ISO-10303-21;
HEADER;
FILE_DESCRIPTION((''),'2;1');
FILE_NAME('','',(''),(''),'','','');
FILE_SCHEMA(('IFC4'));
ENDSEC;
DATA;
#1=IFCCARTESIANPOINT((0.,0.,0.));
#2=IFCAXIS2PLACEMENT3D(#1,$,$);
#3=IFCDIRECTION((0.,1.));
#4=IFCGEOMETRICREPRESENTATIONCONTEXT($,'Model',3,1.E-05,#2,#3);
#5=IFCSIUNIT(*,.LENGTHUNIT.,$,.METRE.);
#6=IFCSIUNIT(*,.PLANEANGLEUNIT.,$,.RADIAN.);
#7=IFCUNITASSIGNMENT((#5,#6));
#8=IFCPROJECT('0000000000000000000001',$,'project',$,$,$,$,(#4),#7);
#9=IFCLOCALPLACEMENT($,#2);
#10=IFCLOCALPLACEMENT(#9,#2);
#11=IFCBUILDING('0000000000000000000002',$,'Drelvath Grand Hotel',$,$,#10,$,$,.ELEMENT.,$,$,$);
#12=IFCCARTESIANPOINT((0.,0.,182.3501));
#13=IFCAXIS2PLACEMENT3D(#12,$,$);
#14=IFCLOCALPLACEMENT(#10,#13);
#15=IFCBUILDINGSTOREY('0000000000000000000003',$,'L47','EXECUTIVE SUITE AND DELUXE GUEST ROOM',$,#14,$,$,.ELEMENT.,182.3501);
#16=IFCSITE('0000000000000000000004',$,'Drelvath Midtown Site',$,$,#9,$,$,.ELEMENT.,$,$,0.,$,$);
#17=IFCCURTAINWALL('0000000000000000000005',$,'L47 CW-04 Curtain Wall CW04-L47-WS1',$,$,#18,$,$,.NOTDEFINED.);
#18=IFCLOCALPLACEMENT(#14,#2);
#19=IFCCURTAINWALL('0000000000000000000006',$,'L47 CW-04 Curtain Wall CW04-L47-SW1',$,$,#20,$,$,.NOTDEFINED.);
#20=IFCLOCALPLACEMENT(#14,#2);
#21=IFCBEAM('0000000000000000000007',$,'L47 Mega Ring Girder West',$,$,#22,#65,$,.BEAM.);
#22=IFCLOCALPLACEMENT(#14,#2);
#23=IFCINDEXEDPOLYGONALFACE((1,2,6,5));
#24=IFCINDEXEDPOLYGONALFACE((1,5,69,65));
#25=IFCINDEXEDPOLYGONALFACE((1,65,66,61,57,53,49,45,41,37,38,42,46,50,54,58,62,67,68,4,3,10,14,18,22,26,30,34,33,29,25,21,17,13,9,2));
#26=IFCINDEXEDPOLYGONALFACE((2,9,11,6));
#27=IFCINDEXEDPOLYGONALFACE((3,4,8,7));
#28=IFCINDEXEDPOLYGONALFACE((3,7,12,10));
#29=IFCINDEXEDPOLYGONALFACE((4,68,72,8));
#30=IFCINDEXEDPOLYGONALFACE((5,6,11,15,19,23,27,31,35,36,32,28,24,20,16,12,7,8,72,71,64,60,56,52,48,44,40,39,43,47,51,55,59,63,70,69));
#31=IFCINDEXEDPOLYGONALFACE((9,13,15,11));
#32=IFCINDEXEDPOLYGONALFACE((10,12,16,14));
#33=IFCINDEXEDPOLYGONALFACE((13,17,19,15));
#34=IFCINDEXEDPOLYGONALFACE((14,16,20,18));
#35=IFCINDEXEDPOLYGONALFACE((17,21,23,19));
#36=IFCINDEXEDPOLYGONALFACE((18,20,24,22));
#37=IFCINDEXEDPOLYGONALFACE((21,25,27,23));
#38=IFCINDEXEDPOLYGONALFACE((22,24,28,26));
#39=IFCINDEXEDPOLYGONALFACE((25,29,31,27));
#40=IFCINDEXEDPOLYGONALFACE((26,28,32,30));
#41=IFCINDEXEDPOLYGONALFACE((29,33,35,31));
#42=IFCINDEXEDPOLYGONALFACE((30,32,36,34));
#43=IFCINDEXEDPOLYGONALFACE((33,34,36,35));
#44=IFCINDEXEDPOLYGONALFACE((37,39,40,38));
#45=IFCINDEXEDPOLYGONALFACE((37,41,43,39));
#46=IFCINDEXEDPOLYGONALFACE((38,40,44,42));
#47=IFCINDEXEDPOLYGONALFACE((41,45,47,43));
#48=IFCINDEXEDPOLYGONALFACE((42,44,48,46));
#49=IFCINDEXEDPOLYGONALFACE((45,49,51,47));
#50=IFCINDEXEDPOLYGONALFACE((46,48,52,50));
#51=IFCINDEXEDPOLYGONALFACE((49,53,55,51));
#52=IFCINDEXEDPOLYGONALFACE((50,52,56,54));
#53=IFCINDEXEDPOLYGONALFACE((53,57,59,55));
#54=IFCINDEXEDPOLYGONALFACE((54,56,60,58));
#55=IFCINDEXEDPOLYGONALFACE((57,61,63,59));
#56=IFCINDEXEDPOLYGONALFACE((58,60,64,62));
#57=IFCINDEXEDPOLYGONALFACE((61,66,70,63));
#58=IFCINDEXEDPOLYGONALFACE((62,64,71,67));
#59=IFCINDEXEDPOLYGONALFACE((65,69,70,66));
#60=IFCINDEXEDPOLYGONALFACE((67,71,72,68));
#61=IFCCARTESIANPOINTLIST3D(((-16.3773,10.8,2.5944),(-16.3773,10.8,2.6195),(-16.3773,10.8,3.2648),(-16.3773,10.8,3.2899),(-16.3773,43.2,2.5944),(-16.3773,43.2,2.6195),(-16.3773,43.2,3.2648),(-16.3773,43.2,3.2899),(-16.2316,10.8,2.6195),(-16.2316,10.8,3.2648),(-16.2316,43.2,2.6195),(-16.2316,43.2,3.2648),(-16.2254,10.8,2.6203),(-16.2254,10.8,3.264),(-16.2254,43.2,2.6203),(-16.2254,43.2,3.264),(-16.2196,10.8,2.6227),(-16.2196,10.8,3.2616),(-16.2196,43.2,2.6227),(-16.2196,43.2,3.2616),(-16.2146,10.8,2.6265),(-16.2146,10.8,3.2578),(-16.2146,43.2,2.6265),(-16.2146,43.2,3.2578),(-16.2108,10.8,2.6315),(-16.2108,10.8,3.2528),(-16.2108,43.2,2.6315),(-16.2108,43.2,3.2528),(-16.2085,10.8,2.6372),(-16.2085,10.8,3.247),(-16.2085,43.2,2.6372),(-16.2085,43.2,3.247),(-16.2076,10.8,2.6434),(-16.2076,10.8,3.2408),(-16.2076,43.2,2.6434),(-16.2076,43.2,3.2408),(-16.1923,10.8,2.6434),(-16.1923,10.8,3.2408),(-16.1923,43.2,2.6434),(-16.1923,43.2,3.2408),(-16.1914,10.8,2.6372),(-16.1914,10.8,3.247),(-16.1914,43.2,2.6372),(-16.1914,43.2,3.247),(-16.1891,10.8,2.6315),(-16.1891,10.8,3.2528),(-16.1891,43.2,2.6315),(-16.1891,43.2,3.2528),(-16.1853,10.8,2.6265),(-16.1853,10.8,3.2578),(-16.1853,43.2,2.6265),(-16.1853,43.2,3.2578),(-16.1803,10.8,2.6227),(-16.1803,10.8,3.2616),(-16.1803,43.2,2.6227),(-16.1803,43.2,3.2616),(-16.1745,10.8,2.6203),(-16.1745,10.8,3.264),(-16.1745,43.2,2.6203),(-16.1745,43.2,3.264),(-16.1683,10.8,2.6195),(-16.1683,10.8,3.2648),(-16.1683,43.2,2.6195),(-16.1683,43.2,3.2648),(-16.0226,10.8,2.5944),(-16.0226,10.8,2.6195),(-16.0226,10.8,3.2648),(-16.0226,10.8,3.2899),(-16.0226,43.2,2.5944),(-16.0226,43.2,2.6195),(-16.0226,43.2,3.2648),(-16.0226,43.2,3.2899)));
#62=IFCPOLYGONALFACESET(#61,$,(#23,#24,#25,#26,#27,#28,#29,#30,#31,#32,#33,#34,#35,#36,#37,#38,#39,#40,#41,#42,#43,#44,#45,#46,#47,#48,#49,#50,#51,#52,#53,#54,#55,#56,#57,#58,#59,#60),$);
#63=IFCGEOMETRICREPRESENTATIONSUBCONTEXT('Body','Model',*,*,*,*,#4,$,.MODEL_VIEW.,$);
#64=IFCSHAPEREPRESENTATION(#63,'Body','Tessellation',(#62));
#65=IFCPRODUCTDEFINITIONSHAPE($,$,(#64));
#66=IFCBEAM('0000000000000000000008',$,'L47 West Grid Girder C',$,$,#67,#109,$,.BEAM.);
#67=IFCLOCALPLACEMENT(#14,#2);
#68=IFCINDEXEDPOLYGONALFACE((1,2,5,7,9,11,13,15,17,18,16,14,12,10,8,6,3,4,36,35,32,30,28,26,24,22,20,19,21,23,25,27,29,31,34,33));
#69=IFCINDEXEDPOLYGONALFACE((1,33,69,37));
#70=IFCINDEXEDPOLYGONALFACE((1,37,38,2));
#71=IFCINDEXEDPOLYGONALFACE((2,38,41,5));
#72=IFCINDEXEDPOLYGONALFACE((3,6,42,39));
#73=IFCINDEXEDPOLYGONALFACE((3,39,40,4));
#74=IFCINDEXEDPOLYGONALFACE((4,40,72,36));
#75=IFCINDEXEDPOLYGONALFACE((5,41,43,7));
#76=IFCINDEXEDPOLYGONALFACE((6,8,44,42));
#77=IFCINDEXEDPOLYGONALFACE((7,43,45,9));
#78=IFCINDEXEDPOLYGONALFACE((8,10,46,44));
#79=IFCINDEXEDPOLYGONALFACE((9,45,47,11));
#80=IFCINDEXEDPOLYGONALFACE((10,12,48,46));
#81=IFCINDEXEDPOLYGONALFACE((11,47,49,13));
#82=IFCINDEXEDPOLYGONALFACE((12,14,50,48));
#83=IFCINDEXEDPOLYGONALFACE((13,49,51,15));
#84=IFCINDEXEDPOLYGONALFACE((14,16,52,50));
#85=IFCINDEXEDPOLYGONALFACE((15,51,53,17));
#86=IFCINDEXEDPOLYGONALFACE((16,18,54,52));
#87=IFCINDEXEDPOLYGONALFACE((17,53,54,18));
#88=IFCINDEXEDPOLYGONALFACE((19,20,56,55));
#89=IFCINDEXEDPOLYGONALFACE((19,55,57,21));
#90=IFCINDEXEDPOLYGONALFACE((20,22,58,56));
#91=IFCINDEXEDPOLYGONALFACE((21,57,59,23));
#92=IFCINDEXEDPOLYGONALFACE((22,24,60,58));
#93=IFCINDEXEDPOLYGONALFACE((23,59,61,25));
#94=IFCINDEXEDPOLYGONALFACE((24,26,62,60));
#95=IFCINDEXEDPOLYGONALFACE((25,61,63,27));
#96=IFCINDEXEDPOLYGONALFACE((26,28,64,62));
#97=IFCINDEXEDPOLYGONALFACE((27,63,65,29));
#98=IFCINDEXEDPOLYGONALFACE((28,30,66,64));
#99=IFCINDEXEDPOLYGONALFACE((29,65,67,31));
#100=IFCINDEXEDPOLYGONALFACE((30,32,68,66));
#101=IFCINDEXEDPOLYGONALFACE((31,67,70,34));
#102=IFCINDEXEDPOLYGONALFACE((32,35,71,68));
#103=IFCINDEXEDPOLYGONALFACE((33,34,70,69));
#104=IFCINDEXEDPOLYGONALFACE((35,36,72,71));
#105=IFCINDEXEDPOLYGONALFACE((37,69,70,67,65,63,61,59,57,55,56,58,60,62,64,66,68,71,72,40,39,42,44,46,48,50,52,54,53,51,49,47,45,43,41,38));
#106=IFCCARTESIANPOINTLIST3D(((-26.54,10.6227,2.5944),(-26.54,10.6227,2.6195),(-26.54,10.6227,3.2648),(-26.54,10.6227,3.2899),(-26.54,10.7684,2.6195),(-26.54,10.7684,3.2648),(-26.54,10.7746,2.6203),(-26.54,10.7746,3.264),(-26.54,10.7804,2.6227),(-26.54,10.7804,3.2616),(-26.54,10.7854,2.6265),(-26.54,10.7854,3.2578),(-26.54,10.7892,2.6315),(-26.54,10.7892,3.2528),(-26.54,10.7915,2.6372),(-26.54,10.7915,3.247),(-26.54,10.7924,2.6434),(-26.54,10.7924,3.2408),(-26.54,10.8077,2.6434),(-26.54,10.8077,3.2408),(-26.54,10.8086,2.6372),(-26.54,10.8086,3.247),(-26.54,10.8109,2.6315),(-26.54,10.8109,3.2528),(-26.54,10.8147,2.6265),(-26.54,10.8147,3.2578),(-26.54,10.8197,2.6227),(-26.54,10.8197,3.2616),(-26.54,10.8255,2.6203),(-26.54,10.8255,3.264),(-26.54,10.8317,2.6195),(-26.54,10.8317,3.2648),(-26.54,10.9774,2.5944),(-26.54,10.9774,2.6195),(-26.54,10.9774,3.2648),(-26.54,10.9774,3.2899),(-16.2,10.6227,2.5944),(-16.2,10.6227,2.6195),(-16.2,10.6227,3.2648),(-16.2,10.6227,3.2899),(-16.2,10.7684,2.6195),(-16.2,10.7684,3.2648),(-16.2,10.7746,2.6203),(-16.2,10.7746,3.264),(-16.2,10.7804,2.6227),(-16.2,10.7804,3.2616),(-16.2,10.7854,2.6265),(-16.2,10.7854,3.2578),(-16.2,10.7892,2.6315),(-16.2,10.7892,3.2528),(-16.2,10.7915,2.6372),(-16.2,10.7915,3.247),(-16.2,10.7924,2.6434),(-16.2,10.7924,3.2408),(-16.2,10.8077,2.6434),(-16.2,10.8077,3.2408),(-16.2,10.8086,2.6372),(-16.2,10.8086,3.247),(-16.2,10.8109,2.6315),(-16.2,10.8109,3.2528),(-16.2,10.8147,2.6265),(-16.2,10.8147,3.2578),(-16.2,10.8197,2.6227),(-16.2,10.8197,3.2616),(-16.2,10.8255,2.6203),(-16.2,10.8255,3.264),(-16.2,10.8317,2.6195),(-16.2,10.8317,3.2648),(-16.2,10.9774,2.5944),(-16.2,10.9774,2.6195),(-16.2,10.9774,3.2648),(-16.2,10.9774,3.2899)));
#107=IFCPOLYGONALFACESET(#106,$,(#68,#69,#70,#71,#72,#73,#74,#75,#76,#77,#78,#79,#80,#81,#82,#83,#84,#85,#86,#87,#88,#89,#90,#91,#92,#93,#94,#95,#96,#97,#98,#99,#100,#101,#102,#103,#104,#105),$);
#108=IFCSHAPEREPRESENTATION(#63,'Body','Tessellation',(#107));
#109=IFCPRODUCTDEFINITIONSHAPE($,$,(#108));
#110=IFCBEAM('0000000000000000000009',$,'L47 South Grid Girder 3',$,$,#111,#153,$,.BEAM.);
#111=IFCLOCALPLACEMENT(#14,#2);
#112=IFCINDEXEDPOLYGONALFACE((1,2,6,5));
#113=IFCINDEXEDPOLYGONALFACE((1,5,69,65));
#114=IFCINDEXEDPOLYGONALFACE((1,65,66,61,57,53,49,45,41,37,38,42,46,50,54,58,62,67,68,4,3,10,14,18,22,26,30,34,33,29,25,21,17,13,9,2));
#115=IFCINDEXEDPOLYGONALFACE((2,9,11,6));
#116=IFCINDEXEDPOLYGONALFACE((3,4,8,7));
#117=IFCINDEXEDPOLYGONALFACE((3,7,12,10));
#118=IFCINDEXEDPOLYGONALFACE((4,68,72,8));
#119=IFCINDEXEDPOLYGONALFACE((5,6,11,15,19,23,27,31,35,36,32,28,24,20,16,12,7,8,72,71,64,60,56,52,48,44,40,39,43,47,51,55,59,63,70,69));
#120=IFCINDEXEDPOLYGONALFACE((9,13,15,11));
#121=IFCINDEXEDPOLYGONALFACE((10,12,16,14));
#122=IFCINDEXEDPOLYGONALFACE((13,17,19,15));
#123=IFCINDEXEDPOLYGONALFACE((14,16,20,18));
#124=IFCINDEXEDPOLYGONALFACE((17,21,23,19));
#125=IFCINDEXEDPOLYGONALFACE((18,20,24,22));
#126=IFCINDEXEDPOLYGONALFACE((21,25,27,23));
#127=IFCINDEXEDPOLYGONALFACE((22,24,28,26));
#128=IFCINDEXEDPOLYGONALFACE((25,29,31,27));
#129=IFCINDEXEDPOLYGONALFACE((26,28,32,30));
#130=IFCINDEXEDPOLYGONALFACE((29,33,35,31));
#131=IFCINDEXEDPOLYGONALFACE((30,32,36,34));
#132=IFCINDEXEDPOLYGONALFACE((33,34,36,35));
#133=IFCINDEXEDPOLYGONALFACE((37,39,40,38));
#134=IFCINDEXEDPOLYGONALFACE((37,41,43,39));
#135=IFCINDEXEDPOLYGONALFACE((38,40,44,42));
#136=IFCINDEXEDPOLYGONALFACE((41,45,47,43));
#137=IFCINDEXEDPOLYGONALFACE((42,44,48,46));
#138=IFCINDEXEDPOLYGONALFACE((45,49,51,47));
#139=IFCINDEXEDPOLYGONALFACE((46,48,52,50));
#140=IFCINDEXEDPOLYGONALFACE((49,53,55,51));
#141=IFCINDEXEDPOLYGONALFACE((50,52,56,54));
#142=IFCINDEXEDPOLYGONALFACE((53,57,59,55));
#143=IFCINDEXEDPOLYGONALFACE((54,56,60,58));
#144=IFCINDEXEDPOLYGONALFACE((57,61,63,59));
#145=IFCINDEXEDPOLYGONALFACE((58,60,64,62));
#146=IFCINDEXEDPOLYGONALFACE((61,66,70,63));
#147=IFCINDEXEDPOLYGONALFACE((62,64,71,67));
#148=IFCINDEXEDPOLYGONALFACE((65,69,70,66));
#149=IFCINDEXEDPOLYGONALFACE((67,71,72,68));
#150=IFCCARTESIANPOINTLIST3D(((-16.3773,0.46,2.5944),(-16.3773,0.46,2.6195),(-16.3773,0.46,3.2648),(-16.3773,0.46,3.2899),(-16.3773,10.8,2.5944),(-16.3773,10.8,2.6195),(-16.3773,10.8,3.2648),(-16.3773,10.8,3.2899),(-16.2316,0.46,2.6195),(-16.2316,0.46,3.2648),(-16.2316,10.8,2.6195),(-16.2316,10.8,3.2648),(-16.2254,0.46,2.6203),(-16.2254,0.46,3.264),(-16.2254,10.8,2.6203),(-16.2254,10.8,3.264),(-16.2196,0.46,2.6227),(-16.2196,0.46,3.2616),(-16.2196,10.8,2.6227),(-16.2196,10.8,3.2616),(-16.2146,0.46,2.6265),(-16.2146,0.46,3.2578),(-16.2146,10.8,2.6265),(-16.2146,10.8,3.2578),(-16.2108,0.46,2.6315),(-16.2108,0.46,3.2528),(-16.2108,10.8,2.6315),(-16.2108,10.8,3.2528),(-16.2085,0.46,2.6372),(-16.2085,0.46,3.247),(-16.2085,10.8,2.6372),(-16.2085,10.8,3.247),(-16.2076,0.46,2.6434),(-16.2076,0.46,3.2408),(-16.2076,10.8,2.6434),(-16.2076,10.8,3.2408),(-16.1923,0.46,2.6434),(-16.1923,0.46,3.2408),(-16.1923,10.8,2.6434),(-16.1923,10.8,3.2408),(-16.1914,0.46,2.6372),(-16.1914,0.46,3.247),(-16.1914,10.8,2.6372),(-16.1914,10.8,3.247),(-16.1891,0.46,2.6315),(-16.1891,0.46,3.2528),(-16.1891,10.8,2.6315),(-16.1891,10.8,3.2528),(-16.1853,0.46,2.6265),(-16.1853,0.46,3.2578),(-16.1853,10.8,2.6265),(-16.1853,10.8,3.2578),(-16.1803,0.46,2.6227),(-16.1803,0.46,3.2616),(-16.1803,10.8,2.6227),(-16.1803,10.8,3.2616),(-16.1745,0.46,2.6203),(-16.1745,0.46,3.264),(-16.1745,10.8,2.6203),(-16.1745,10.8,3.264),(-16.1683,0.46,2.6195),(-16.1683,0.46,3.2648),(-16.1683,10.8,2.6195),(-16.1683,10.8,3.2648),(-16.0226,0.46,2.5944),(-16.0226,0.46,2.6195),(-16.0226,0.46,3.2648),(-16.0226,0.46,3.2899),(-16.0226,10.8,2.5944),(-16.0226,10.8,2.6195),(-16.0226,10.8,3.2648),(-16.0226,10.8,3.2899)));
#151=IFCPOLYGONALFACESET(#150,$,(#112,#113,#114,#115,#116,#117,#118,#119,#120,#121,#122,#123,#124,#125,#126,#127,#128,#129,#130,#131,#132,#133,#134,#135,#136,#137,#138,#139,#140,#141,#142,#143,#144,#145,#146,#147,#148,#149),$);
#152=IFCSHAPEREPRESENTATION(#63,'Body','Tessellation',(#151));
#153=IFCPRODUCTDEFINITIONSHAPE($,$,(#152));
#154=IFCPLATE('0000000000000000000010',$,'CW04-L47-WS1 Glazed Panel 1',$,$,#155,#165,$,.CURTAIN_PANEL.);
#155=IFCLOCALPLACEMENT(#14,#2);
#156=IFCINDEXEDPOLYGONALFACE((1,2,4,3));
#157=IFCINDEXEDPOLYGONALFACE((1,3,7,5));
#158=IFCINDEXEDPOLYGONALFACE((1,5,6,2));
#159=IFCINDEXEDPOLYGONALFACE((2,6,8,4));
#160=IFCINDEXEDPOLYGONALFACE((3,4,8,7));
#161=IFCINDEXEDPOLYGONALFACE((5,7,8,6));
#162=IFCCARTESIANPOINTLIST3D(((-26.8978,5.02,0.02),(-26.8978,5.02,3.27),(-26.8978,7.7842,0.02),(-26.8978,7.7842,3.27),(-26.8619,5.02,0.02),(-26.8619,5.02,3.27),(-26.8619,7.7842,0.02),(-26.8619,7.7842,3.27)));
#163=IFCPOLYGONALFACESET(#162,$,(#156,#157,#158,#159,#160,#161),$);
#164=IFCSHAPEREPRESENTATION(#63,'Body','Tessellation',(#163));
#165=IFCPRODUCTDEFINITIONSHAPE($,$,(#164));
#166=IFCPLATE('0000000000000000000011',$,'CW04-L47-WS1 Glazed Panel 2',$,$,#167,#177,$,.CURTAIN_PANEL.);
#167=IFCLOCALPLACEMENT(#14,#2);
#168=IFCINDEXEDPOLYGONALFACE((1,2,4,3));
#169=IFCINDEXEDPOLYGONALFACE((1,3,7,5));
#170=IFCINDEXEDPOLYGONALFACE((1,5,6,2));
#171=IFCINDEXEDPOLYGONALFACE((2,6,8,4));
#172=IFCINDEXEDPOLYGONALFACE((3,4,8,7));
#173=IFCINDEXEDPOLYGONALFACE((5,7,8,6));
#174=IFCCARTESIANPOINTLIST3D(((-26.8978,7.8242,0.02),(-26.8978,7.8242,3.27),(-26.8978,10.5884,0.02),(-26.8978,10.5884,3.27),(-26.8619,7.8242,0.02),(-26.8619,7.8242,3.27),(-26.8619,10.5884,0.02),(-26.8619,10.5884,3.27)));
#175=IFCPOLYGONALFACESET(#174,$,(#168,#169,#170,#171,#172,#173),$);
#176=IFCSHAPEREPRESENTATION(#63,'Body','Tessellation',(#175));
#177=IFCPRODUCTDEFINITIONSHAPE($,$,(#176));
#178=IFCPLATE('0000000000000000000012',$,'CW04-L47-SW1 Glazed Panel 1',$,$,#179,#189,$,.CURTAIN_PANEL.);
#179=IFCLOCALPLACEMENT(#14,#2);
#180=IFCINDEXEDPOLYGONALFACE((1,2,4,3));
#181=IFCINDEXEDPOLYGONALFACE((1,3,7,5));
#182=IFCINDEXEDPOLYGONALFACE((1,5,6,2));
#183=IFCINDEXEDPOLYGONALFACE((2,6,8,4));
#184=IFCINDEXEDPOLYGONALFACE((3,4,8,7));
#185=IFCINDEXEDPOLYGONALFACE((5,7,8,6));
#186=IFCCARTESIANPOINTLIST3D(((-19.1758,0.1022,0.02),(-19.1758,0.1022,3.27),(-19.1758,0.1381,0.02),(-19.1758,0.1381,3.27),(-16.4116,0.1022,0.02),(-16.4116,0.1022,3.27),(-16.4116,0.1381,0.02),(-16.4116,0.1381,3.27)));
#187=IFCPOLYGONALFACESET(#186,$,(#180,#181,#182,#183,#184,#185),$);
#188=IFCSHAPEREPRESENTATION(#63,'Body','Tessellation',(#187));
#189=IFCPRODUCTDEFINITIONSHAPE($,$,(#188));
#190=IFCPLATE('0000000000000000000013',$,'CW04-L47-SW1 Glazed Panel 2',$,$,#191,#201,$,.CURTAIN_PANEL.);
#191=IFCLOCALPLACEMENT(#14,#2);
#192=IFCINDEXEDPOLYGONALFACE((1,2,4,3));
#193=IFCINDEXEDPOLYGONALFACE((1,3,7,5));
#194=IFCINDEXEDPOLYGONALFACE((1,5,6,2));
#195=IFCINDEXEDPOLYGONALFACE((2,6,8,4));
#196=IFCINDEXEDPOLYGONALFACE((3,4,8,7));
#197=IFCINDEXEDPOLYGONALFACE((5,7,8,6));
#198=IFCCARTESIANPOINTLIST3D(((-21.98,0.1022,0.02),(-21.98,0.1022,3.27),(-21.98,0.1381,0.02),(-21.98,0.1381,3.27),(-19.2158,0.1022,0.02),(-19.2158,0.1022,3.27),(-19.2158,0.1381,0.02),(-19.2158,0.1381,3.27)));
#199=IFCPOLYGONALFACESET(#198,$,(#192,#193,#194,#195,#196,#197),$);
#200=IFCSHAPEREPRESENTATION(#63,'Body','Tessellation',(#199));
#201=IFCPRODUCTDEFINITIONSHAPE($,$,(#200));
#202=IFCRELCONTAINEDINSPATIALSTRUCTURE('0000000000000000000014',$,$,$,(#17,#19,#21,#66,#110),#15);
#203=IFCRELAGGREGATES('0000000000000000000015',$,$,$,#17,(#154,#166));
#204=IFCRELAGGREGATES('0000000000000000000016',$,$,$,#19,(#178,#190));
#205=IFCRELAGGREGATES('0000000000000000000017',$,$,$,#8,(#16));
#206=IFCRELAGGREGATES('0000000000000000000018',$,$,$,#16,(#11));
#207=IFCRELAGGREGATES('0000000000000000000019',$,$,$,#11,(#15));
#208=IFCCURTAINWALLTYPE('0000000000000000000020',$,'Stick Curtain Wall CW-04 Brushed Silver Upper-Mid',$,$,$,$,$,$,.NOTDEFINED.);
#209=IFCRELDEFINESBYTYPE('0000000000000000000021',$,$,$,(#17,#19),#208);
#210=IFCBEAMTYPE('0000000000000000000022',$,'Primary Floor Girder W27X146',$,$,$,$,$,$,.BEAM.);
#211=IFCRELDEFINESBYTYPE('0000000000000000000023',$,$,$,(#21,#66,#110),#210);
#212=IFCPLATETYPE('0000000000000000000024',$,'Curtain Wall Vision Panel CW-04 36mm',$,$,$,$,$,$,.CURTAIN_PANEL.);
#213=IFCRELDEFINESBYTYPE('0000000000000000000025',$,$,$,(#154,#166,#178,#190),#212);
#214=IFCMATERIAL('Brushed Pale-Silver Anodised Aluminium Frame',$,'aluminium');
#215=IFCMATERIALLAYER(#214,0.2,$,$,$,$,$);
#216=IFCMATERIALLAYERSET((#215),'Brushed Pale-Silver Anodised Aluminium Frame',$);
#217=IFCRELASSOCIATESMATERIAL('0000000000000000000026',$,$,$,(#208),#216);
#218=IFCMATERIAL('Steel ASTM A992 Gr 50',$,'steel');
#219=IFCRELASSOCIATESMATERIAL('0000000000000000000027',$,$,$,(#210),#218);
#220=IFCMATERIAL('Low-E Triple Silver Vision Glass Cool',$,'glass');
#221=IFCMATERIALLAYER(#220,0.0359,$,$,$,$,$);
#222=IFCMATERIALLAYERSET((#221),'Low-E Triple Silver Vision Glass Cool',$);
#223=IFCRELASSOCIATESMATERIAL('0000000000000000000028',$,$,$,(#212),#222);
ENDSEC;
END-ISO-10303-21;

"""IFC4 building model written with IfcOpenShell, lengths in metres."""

from ifc_helpers import new_model, si_unit, direction, frame, origin, origin_2d, place, context, subcontext, project, spatial, rectangle, i_section, extrude, material, layer, layer_set, material_profile, profile_set, type_object, element, aggregate, save


model = new_model("IFC4")

# Units and contexts
model_context = context("Model", 3, precision=1e-05, world=origin(), true_north=direction((0.0, 1.0)))
body_context = subcontext(model_context, "Body", "Model", "MODEL_VIEW")
ifc_project = project(units=[si_unit("LENGTHUNIT", "METRE"), si_unit("PLANEANGLEUNIT", "RADIAN")], contexts=[model_context])

# Site, building, storey
site_placement = place(None, origin())
site = spatial("IfcSite", under=ifc_project, at=site_placement, Name="Drelvath Midtown Site", CompositionType="ELEMENT", RefElevation=0.0)
building_placement = place(site_placement, origin())
building = spatial("IfcBuilding", under=site, at=building_placement, Name="Drelvath Grand Hotel", CompositionType="ELEMENT")
storey_placement = place(building_placement, frame((0.0, 0.0, 182.3501)))
storey = spatial("IfcBuildingStorey", under=building, at=storey_placement, Name="L47", Description="EXECUTIVE SUITE AND DELUXE GUEST ROOM", CompositionType="ELEMENT", Elevation=182.3501)

# Curtain walls
ifc_material_1 = material(Name="Brushed Pale-Silver Anodised Aluminium Frame", Category="aluminium")
ifc_layer_1 = layer(ifc_material_1, 0.2)
ifc_layer_set_1 = layer_set([ifc_layer_1], Name="Brushed Pale-Silver Anodised Aluminium Frame")
curtain_wall_type = type_object("IfcCurtainWallType", Name="Stick Curtain Wall CW-04 Brushed Silver Upper-Mid", PredefinedType="NOTDEFINED", material=ifc_layer_set_1)
curtain_wall_1_placement = place(storey_placement, origin())
curtain_wall_1 = element("IfcCurtainWall", 1, at=curtain_wall_1_placement, inside=storey, type_object=curtain_wall_type, Name="L47 CW-04 Curtain Wall CW04-L47-WS1", PredefinedType="NOTDEFINED")
curtain_wall_2_placement = place(storey_placement, origin())
curtain_wall_2 = element("IfcCurtainWall", 2, at=curtain_wall_2_placement, inside=storey, type_object=curtain_wall_type, Name="L47 CW-04 Curtain Wall CW04-L47-SW1", PredefinedType="NOTDEFINED")

# Beams
ifc_material_2 = material(Name="Steel ASTM A992 Gr 50", Category="steel")
ifc_material_profile_1 = material_profile(ifc_material_2, i_section(OverallWidth=0.3547, OverallDepth=0.6956, WebThickness=0.0154, FlangeThickness=0.0251, FilletRadius=0.0239, at=origin_2d()), Name="W27X146")
ifc_profile_set_1 = profile_set([ifc_material_profile_1], Name="Steel ASTM A992 Gr 50")
beam_type_1 = type_object("IfcBeamType", Name="Primary Floor Girder W27X146", PredefinedType="BEAM", material=ifc_profile_set_1)
for number, where, z_axis, x_axis, name in (
    (3, (-16.2, 10.8, 2.9421), (0.0, 1.0, 0.0), (-1.0, 0.0, 0.0), "L47 Mega Ring Girder West"),
):
    element("IfcBeam", number, at=place(storey_placement, frame(where, z_axis=z_axis, x_axis=x_axis)), inside=storey, type_object=beam_type_1, Name=name, PredefinedType="BEAM", context=body_context, shape_type="SweptSolid", body=[
        extrude(i_section(OverallWidth=0.3547, OverallDepth=0.6956, WebThickness=0.0154, FlangeThickness=0.0251, FilletRadius=0.0239, at=origin_2d()), origin(), (0.0, 0.0, 1.0), 32.3999),
    ])
for number, where, z_axis, x_axis, name in (
    (4, (-26.54, 10.8, 2.9421), (1.0, 0.0, 0.0), (0.0, 1.0, 0.0), "L47 West Grid Girder C"),
    (5, (-16.2, 0.46, 2.9421), (0.0, 1.0, 0.0), (-1.0, 0.0, 0.0), "L47 South Grid Girder 3"),
):
    element("IfcBeam", number, at=place(storey_placement, frame(where, z_axis=z_axis, x_axis=x_axis)), inside=storey, type_object=beam_type_1, Name=name, PredefinedType="BEAM", context=body_context, shape_type="SweptSolid", body=[
        extrude(i_section(OverallWidth=0.3547, OverallDepth=0.6956, WebThickness=0.0154, FlangeThickness=0.0251, FilletRadius=0.0239, at=origin_2d()), origin(), (0.0, 0.0, 1.0), 10.3401),
    ])

# Plates
ifc_material_3 = material(Name="Low-E Triple Silver Vision Glass Cool", Category="glass")
ifc_layer_2 = layer(ifc_material_3, 0.0359)
ifc_layer_set_2 = layer_set([ifc_layer_2], Name="Low-E Triple Silver Vision Glass Cool")
plate_type = type_object("IfcPlateType", Name="Curtain Wall Vision Panel CW-04 36mm", PredefinedType="CURTAIN_PANEL", material=ifc_layer_set_2)
plate_1_placement = place(storey_placement, frame((-26.8799, 6.4021, 0.02), z_axis=(0.0, 0.0, 1.0), x_axis=(0.0, 1.0, 0.0)))
plate_1 = element("IfcPlate", 6, at=plate_1_placement, type_object=plate_type, Name="CW04-L47-WS1 Glazed Panel 1", PredefinedType="CURTAIN_PANEL", context=body_context, shape_type="SweptSolid", body=[
    extrude(rectangle(XDim=2.7642, YDim=0.0359, at=origin_2d()), origin(), (0.0, 0.0, 1.0), 3.25),
])
plate_2_placement = place(storey_placement, frame((-26.8799, 9.2063, 0.02), z_axis=(0.0, 0.0, 1.0), x_axis=(0.0, 1.0, 0.0)))
plate_2 = element("IfcPlate", 7, at=plate_2_placement, type_object=plate_type, Name="CW04-L47-WS1 Glazed Panel 2", PredefinedType="CURTAIN_PANEL", context=body_context, shape_type="SweptSolid", body=[
    extrude(rectangle(XDim=2.7642, YDim=0.0359, at=origin_2d()), origin(), (0.0, 0.0, 1.0), 3.25),
])
aggregate(curtain_wall_1, [plate_1, plate_2])
plate_3_placement = place(storey_placement, frame((-17.7937, 0.1201, 0.02), z_axis=(0.0, 0.0, 1.0), x_axis=(-1.0, 0.0, 0.0)))
plate_3 = element("IfcPlate", 8, at=plate_3_placement, type_object=plate_type, Name="CW04-L47-SW1 Glazed Panel 1", PredefinedType="CURTAIN_PANEL", context=body_context, shape_type="SweptSolid", body=[
    extrude(rectangle(XDim=2.7642, YDim=0.0359, at=origin_2d()), origin(), (0.0, 0.0, 1.0), 3.25),
])
plate_4_placement = place(storey_placement, frame((-20.5979, 0.1201, 0.02), z_axis=(0.0, 0.0, 1.0), x_axis=(-1.0, 0.0, 0.0)))
plate_4 = element("IfcPlate", 9, at=plate_4_placement, type_object=plate_type, Name="CW04-L47-SW1 Glazed Panel 2", PredefinedType="CURTAIN_PANEL", context=body_context, shape_type="SweptSolid", body=[
    extrude(rectangle(XDim=2.7642, YDim=0.0359, at=origin_2d()), origin(), (0.0, 0.0, 1.0), 3.25),
])
aggregate(curtain_wall_2, [plate_3, plate_4])

save(model, "model.ifc")
